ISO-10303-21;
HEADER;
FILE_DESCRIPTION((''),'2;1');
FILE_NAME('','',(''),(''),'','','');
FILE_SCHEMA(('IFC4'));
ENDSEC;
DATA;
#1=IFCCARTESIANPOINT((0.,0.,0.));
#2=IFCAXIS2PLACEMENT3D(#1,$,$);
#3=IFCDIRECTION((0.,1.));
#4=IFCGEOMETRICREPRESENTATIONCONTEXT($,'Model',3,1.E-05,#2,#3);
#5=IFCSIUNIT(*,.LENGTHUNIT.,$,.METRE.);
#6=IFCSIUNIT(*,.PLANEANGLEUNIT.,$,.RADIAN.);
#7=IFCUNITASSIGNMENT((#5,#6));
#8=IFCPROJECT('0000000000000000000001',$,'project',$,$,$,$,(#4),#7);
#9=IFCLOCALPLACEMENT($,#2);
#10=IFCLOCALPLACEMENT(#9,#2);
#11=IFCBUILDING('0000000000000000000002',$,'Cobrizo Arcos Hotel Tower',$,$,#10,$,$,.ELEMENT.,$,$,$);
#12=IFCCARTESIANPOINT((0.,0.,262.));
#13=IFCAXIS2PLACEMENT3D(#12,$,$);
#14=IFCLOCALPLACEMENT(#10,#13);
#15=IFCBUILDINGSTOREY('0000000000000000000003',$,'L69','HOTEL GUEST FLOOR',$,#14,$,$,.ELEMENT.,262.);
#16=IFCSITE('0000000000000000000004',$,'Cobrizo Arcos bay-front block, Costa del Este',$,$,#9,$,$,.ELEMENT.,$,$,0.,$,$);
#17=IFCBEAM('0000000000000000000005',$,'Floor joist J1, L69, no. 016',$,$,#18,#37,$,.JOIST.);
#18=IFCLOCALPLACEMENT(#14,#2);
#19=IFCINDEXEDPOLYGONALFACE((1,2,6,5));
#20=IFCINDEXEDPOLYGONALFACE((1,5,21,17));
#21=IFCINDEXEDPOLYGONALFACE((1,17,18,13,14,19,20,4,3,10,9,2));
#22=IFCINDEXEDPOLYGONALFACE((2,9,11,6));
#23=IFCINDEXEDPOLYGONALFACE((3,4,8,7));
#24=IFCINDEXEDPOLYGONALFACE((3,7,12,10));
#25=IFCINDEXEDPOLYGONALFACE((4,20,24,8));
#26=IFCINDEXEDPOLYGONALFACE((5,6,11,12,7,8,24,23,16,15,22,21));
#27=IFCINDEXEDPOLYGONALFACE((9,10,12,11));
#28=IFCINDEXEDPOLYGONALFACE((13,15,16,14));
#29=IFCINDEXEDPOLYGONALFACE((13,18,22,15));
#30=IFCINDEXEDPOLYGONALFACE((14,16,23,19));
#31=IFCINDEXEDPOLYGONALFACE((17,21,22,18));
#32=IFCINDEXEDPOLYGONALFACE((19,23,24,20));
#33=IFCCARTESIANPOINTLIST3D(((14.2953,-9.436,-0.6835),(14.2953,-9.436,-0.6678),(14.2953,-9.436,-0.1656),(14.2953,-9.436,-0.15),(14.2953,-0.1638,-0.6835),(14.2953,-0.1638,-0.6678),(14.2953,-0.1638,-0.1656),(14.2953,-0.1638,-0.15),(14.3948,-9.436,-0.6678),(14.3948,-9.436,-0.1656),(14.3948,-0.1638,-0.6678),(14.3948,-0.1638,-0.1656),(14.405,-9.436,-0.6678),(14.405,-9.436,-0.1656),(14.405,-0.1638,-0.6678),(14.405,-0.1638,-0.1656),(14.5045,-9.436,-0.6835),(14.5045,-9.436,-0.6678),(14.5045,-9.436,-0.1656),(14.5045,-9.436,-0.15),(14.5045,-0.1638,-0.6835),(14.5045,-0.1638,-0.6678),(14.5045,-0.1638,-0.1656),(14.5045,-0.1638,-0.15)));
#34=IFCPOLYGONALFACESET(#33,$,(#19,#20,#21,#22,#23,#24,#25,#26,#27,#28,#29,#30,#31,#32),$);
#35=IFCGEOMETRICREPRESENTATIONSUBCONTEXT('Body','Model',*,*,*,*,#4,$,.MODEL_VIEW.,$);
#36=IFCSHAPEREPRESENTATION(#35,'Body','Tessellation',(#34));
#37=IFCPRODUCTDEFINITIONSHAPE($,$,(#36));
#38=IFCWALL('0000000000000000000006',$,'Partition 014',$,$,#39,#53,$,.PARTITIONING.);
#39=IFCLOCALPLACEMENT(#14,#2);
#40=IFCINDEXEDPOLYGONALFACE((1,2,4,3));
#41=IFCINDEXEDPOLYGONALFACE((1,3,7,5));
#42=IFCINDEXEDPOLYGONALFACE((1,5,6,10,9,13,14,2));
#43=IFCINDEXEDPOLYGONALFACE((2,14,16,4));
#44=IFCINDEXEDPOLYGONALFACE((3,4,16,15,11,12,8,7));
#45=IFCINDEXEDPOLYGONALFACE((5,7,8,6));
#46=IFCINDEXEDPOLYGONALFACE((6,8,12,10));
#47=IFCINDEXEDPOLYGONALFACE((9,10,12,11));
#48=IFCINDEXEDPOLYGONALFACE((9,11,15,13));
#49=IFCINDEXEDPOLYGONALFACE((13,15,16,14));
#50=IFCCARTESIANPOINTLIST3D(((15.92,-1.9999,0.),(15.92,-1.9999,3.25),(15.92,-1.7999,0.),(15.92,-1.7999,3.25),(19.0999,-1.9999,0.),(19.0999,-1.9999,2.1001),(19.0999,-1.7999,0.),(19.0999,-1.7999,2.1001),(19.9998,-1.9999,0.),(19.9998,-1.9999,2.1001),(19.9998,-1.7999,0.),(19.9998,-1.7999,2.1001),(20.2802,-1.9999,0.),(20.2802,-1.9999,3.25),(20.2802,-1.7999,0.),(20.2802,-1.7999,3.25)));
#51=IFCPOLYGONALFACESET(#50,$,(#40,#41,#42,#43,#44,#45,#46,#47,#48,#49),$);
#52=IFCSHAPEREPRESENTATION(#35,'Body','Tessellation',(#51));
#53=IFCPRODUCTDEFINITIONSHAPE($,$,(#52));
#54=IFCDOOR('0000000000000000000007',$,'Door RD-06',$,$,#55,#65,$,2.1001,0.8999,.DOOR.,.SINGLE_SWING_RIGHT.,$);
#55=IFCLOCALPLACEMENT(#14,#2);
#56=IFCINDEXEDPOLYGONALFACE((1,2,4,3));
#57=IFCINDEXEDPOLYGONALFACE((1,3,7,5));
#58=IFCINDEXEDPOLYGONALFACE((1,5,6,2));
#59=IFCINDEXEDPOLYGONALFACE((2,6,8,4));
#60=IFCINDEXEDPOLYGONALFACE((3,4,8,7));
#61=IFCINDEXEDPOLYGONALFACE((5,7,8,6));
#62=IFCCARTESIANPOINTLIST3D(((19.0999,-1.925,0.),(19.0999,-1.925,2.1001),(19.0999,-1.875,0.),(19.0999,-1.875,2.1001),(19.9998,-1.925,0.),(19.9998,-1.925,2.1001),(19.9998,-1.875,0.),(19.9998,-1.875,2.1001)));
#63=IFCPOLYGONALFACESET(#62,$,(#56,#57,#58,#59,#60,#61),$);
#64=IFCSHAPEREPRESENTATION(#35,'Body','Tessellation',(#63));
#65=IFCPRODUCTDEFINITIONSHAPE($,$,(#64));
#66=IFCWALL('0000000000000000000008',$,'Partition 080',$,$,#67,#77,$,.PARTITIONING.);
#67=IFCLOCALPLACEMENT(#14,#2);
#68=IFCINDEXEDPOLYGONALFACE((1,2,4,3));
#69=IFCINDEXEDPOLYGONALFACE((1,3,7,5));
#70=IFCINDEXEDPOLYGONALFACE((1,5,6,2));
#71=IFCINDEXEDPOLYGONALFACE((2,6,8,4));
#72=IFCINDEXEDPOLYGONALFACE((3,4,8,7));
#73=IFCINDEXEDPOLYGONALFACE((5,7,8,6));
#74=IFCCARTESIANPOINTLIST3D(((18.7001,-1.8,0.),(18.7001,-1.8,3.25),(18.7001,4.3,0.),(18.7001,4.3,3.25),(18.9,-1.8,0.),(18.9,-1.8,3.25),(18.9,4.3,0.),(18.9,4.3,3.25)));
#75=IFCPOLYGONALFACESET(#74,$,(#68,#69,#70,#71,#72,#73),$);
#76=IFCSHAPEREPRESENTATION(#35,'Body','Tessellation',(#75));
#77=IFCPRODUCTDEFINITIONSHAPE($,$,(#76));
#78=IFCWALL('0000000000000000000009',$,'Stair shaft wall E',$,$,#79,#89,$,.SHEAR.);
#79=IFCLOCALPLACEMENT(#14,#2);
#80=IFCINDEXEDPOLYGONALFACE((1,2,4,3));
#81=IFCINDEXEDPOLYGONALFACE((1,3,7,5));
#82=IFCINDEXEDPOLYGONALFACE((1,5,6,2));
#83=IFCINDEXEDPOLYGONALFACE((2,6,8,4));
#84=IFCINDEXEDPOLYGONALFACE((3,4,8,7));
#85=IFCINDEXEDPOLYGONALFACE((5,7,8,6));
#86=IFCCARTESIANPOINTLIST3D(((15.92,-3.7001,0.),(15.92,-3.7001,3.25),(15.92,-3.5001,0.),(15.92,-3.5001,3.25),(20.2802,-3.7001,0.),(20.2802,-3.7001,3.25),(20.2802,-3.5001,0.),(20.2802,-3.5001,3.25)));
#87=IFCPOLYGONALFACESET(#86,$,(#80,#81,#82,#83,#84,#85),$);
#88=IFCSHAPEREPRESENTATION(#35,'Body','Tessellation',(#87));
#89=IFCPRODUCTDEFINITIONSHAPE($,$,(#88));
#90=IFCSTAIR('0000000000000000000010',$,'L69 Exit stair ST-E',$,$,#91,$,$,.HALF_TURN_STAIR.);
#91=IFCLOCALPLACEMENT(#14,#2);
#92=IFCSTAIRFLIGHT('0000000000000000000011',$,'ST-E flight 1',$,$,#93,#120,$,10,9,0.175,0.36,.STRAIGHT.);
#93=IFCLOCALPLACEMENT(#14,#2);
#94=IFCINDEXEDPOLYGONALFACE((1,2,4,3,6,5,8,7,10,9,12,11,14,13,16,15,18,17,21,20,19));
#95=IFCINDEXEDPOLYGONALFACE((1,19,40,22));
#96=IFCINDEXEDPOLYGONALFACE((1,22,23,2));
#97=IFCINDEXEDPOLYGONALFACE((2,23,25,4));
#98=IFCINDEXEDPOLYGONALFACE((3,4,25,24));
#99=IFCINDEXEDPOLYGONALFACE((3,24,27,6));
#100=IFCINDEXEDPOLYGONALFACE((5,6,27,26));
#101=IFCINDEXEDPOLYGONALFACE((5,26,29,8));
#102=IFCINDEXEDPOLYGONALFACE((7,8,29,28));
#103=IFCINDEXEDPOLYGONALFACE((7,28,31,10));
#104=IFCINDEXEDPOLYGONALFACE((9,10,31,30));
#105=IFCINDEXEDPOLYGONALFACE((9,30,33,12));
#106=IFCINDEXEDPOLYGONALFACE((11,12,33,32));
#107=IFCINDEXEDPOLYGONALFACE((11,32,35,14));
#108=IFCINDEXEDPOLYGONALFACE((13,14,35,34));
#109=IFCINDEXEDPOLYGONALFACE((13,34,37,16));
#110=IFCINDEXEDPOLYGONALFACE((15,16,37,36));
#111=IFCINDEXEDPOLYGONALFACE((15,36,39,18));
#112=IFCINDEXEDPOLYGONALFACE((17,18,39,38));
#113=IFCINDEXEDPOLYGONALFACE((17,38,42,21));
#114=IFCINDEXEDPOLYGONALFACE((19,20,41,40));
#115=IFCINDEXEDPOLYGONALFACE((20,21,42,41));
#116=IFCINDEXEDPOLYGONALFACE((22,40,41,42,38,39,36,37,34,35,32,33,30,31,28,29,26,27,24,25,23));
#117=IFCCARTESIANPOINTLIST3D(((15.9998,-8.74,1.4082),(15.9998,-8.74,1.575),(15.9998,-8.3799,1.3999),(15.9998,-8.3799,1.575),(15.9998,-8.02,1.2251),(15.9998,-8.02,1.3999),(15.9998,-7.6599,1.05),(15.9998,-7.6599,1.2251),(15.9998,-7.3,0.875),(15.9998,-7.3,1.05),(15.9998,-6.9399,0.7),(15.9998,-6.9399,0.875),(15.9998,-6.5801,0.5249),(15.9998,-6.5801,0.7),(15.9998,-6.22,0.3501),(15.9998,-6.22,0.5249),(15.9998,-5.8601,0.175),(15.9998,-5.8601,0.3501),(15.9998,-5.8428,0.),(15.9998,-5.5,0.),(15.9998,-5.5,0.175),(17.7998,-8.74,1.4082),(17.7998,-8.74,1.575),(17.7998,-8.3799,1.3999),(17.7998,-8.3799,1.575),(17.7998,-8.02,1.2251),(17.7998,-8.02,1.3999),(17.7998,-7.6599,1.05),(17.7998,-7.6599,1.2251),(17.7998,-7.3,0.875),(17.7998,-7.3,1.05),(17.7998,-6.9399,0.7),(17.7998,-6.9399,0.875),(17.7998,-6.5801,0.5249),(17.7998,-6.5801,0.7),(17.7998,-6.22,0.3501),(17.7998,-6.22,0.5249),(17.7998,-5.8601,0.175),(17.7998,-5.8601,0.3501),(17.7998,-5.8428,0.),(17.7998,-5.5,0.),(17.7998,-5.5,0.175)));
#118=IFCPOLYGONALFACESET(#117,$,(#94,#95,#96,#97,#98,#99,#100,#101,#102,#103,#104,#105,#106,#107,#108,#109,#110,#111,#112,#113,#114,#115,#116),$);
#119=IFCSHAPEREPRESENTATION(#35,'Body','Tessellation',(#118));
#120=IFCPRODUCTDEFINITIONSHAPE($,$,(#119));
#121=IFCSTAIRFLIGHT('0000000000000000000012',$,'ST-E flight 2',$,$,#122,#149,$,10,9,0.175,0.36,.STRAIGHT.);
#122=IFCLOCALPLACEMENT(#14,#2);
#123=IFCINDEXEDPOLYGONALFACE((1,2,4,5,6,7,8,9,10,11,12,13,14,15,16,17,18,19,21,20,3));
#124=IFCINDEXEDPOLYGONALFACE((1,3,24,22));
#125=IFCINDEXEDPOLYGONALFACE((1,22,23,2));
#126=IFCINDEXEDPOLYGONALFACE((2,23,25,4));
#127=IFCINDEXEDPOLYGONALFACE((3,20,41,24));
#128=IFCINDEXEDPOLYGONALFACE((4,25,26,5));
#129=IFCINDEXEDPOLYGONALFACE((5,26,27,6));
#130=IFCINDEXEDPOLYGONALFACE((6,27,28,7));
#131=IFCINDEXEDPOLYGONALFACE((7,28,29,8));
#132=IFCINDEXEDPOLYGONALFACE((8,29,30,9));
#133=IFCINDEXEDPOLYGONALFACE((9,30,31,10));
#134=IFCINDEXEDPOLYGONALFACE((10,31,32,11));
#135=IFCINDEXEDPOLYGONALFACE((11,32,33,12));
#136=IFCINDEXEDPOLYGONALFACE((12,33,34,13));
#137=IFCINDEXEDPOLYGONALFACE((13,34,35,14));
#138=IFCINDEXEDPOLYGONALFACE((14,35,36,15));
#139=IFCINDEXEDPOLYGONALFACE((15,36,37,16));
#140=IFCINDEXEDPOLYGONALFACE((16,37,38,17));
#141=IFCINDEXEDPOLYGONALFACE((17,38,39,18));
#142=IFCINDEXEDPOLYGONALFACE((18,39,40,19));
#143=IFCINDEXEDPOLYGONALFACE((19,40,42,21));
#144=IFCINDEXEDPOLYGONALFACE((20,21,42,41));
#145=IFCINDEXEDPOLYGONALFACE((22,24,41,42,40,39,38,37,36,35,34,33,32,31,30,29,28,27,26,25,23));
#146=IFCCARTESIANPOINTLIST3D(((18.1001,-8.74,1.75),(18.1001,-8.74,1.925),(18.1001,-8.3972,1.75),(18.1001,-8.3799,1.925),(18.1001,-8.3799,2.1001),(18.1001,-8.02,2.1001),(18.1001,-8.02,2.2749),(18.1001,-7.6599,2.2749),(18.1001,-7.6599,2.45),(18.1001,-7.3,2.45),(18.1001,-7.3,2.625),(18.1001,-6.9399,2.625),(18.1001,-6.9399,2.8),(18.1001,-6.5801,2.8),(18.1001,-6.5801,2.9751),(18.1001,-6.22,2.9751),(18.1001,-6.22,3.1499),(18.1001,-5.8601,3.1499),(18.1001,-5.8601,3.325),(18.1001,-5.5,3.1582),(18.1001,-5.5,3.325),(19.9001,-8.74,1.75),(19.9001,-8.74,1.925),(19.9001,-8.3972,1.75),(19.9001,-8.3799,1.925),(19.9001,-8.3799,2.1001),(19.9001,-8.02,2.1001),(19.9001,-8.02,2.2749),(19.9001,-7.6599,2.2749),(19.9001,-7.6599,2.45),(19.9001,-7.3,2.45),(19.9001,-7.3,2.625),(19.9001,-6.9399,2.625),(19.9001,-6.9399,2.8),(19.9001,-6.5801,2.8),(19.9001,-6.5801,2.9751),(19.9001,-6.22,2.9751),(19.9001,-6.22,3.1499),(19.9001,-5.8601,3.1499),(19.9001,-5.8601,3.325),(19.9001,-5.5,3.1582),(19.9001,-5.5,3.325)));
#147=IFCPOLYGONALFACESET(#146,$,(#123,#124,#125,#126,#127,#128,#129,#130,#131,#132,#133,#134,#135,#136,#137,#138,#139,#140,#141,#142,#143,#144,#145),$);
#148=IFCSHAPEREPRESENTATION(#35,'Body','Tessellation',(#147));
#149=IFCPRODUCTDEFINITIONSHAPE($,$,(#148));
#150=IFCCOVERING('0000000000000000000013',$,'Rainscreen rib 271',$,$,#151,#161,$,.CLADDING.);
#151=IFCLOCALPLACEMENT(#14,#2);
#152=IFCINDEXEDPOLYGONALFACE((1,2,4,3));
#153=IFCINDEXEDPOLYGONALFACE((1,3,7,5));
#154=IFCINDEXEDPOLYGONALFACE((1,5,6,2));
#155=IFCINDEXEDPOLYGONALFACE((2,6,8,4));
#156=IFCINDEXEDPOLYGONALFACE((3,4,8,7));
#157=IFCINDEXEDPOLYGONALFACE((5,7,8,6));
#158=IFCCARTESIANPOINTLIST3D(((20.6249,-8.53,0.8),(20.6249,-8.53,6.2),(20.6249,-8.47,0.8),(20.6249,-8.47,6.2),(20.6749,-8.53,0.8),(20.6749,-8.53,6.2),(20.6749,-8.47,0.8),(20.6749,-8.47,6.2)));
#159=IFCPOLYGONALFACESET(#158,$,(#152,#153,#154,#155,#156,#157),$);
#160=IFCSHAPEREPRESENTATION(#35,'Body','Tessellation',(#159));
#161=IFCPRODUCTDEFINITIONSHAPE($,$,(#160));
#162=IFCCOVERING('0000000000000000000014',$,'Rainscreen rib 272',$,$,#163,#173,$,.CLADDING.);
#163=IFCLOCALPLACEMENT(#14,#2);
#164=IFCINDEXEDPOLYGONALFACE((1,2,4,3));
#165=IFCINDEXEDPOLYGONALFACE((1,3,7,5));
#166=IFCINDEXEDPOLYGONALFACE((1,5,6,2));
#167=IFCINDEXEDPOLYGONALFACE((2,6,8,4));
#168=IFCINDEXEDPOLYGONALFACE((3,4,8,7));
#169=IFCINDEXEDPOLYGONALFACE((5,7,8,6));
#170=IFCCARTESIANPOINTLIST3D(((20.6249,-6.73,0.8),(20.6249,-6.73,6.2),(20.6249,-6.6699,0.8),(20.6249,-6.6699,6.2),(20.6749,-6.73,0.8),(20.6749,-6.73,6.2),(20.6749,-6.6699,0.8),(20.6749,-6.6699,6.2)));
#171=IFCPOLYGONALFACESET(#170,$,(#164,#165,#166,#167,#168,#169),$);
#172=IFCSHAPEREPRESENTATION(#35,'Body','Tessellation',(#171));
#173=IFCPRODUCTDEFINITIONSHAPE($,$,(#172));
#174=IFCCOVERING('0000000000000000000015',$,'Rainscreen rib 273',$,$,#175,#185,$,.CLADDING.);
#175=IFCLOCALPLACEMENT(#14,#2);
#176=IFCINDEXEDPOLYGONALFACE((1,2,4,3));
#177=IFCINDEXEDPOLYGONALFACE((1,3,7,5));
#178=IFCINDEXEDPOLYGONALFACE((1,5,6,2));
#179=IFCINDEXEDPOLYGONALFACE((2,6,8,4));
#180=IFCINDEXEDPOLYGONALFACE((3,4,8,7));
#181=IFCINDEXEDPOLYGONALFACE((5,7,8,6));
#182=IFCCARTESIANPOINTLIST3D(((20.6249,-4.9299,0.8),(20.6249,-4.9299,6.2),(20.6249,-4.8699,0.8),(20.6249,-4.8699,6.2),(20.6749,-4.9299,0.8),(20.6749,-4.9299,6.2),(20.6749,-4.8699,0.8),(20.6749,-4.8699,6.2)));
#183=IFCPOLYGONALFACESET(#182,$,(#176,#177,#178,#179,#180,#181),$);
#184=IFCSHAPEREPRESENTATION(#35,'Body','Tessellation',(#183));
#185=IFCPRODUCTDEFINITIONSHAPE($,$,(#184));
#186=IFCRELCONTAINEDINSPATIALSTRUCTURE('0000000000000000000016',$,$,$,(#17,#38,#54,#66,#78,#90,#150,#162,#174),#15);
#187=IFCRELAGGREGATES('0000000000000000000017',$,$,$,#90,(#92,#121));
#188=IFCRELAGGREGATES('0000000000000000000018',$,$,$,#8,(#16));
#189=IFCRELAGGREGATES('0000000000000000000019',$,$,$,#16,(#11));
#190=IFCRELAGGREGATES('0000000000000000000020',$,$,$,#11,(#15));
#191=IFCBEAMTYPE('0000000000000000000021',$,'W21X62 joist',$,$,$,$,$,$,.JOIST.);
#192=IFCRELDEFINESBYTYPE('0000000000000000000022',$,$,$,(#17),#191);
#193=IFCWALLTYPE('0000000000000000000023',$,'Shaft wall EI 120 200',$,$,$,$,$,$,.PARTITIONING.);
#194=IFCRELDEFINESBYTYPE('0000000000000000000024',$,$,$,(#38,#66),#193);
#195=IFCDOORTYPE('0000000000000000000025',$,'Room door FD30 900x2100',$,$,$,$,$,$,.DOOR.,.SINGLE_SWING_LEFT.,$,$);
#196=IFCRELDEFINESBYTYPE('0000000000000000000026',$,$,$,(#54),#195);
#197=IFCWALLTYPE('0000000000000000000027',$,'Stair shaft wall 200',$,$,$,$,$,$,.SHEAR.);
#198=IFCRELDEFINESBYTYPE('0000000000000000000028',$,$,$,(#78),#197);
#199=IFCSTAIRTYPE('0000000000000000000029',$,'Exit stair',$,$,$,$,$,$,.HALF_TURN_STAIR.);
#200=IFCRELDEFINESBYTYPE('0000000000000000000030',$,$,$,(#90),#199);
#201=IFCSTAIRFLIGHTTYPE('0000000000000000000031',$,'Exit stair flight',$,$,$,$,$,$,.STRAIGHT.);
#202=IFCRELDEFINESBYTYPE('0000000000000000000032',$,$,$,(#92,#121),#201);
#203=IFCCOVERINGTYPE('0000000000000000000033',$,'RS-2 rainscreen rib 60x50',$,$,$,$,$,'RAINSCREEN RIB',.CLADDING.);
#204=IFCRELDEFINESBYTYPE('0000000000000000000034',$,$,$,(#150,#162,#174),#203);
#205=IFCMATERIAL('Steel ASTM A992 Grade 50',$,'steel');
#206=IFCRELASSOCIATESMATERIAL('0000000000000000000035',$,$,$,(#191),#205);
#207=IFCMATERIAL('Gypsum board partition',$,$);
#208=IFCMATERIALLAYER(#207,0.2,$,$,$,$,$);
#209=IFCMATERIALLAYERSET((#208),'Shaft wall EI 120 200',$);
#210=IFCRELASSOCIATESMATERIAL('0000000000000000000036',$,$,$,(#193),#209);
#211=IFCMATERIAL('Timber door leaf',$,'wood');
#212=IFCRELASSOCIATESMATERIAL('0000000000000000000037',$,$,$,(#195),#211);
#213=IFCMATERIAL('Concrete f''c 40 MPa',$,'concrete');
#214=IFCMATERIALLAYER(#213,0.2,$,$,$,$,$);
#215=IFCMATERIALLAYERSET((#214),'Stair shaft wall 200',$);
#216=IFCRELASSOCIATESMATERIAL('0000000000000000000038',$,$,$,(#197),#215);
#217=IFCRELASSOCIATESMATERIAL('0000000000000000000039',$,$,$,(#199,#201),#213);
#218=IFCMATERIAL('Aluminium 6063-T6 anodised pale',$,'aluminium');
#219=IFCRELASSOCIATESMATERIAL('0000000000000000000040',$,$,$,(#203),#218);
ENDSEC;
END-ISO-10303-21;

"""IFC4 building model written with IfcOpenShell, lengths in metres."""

from ifc_helpers import new_model, si_unit, direction, frame, frame_2d, origin, origin_2d, place, context, subcontext, project, spatial, polyline, rectangle, i_section, outline, extrude, material, layer, layer_set, material_profile, profile_set, type_object, element, fill, aggregate, save


model = new_model("IFC4")

# Units and contexts
model_context = context("Model", 3, precision=1e-05, world=origin(), true_north=direction((0.0, 1.0)))
body_context = subcontext(model_context, "Body", "Model", "MODEL_VIEW")
ifc_project = project(units=[si_unit("LENGTHUNIT", "METRE"), si_unit("PLANEANGLEUNIT", "RADIAN")], contexts=[model_context])

# Site, building, storey
site_placement = place(None, origin())
site = spatial("IfcSite", under=ifc_project, at=site_placement, Name="Cobrizo Arcos bay-front block, Costa del Este", CompositionType="ELEMENT", RefElevation=0.0)
building_placement = place(site_placement, origin())
building = spatial("IfcBuilding", under=site, at=building_placement, Name="Cobrizo Arcos Hotel Tower", CompositionType="ELEMENT")
storey_placement = place(building_placement, frame((0.0, 0.0, 262.0)))
storey = spatial("IfcBuildingStorey", under=building, at=storey_placement, Name="L69", Description="HOTEL GUEST FLOOR", CompositionType="ELEMENT", Elevation=262.0)

# Beam
ifc_material_1 = material(Name="Steel ASTM A992 Grade 50", Category="steel")
ifc_material_profile = material_profile(ifc_material_1, i_section(OverallWidth=0.2092, OverallDepth=0.5334, WebThickness=0.0103, FlangeThickness=0.0156, at=origin_2d()), Name="W21X62")
ifc_profile_set = profile_set([ifc_material_profile], Name="Steel ASTM A992 Grade 50")
beam_type = type_object("IfcBeamType", Name="W21X62 joist", PredefinedType="JOIST", material=ifc_profile_set)
beam_placement = place(storey_placement, frame((14.3999, -9.436, -0.4167), z_axis=(0.0, 1.0, 0.0), x_axis=(-1.0, 0.0, 0.0)))
element("IfcBeam", 1, at=beam_placement, inside=storey, type_object=beam_type, Name="Floor joist J1, L69, no. 016", PredefinedType="JOIST", context=body_context, shape_type="SweptSolid", body=[
    extrude(i_section(OverallWidth=0.2092, OverallDepth=0.5334, WebThickness=0.0103, FlangeThickness=0.0156, at=origin_2d()), origin(), (0.0, 0.0, 1.0), 9.2722),
])

# Wall, opening, door
ifc_material_2 = material(Name="Gypsum board partition")
ifc_layer_1 = layer(ifc_material_2, 0.2)
ifc_layer_set_1 = layer_set([ifc_layer_1], Name="Shaft wall EI 120 200")
wall_type_1 = type_object("IfcWallType", Name="Shaft wall EI 120 200", PredefinedType="PARTITIONING", material=ifc_layer_set_1)
wall_1_placement = place(storey_placement, frame((15.9199, -1.8999, 0.0), z_axis=(0.0, 0.0, 1.0), x_axis=(1.0, 0.0, 0.0)))
wall_1 = element("IfcWall", 2, at=wall_1_placement, inside=storey, type_object=wall_type_1, Name="Partition 014", PredefinedType="PARTITIONING", context=body_context, shape_type="SweptSolid", body=[
    extrude(rectangle(XDim=4.3601, YDim=0.2, at=frame_2d((2.1802, 0.0))), origin(), (0.0, 0.0, 1.0), 3.25),
])
opening_placement = place(wall_1_placement, frame((3.1799, 0.0, 0.0)))
opening = element("IfcOpeningElement", 3, at=opening_placement, cuts=wall_1, PredefinedType="OPENING", context=body_context, shape_type="SweptSolid", body=[
    extrude(rectangle(XDim=0.8999, YDim=2.1001, at=frame_2d((0.45, 1.05))), frame((0.0, 0.1121, 0.0), z_axis=(0.0, -1.0, 0.0), x_axis=(1.0, 0.0, 0.0)), (0.0, 0.0, 1.0), 0.2239),
])
ifc_material_3 = material(Name="Timber door leaf", Category="wood")
door_type = type_object("IfcDoorType", Name="Room door FD30 900x2100", OperationType="SINGLE_SWING_LEFT", PredefinedType="DOOR", material=ifc_material_3)
door_placement = place(opening_placement, origin())
door = element("IfcDoor", 4, at=door_placement, inside=storey, type_object=door_type, Name="Door RD-06", OperationType="SINGLE_SWING_RIGHT", OverallHeight=2.1001, OverallWidth=0.8999, PredefinedType="DOOR", context=body_context, shape_type="SweptSolid", body=[
    extrude(rectangle(XDim=0.8999, YDim=2.1001, at=frame_2d((0.45, 1.05))), frame((0.0, 0.0249, 0.0), z_axis=(0.0, -1.0, 0.0), x_axis=(1.0, 0.0, 0.0)), (0.0, 0.0, 1.0), 0.05),
])
fill(opening, door)

# Walls
wall_2_placement = place(storey_placement, frame((18.8, -1.8, 0.0), z_axis=(0.0, 0.0, 1.0), x_axis=(0.0, 1.0, 0.0)))
element("IfcWall", 5, at=wall_2_placement, inside=storey, type_object=wall_type_1, Name="Partition 080", PredefinedType="PARTITIONING", context=body_context, shape_type="SweptSolid", body=[
    extrude(rectangle(XDim=6.1001, YDim=0.2, at=frame_2d((3.05, 0.0))), origin(), (0.0, 0.0, 1.0), 3.25),
])
ifc_material_4 = material(Name="Concrete f'c 40 MPa", Category="concrete")
ifc_layer_2 = layer(ifc_material_4, 0.2)
ifc_layer_set_2 = layer_set([ifc_layer_2], Name="Stair shaft wall 200")
wall_type_2 = type_object("IfcWallType", Name="Stair shaft wall 200", PredefinedType="SHEAR", material=ifc_layer_set_2)
wall_3_placement = place(storey_placement, frame((15.9199, -3.6001, 0.0), z_axis=(0.0, 0.0, 1.0), x_axis=(1.0, 0.0, 0.0)))
element("IfcWall", 6, at=wall_3_placement, inside=storey, type_object=wall_type_2, Name="Stair shaft wall E", PredefinedType="SHEAR", context=body_context, shape_type="SweptSolid", body=[
    extrude(rectangle(XDim=4.3601, YDim=0.2, at=frame_2d((2.1802, 0.0))), origin(), (0.0, 0.0, 1.0), 3.25),
])

# Stair, stair flights
stair_type = type_object("IfcStairType", Name="Exit stair", PredefinedType="HALF_TURN_STAIR", material=ifc_material_4)
stair_placement = place(storey_placement, origin())
stair = element("IfcStair", 7, at=stair_placement, inside=storey, type_object=stair_type, Name="L69 Exit stair ST-E", PredefinedType="HALF_TURN_STAIR")
stair_flight_type = type_object("IfcStairFlightType", Name="Exit stair flight", PredefinedType="STRAIGHT", material=ifc_material_4)
stair_flight_1_placement = place(storey_placement, frame((16.8999, -5.5, 0.0), z_axis=(0.0, 0.0, 1.0), x_axis=(0.0, -1.0, 0.0)))
stair_flight_1 = element("IfcStairFlight", 8, at=stair_flight_1_placement, type_object=stair_flight_type, Name="ST-E flight 1", NumberOfRisers=10, NumberOfTreads=9, PredefinedType="STRAIGHT", RiserHeight=0.175, TreadLength=0.36, context=body_context, shape_type="SweptSolid", body=[
    extrude(outline(polyline([(0.0, 0.0), (0.0, 0.175), (0.3601, 0.175), (0.3601, 0.3501), (0.72, 0.3501), (0.72, 0.5249), (1.0801, 0.5249), (1.0801, 0.7), (1.4399, 0.7), (1.4399, 0.875), (1.8, 0.875), (1.8, 1.05), (2.1599, 1.05), (2.1599, 1.2251), (2.52, 1.2251), (2.52, 1.3999), (2.8799, 1.3999), (2.8799, 1.575), (3.24, 1.575), (3.24, 1.75), (3.24, 1.4082), (0.3428, 0.0), (0.0, 0.0)])), frame((0.0, 0.8999, 0.0), z_axis=(0.0, -1.0, 0.0), x_axis=(1.0, 0.0, 0.0)), (0.0, 0.0, 1.0), 1.8),
])
stair_flight_2_placement = place(storey_placement, frame((19.0, -8.74, 1.75), z_axis=(0.0, 0.0, 1.0), x_axis=(0.0, 1.0, 0.0)))
stair_flight_2 = element("IfcStairFlight", 9, at=stair_flight_2_placement, type_object=stair_flight_type, Name="ST-E flight 2", NumberOfRisers=10, NumberOfTreads=9, PredefinedType="STRAIGHT", RiserHeight=0.175, TreadLength=0.36, context=body_context, shape_type="SweptSolid", body=[
    extrude(outline(polyline([(0.0, 0.0), (0.0, 0.175), (0.3601, 0.175), (0.3601, 0.3501), (0.72, 0.3501), (0.72, 0.5249), (1.0801, 0.5249), (1.0801, 0.7), (1.4399, 0.7), (1.4399, 0.875), (1.8, 0.875), (1.8, 1.05), (2.1599, 1.05), (2.1599, 1.2251), (2.52, 1.2251), (2.52, 1.3999), (2.8799, 1.3999), (2.8799, 1.575), (3.24, 1.575), (3.24, 1.75), (3.24, 1.4082), (0.3428, 0.0), (0.0, 0.0)])), frame((0.0, 0.8999, 0.0), z_axis=(0.0, -1.0, 0.0), x_axis=(1.0, 0.0, 0.0)), (0.0, 0.0, 1.0), 1.8),
])
aggregate(stair, [stair_flight_1, stair_flight_2])

# Coverings
ifc_material_5 = material(Name="Aluminium 6063-T6 anodised pale", Category="aluminium")
covering_type_1 = type_object("IfcCoveringType", Name="RS-2 rainscreen rib 60x50", ElementType="RAINSCREEN RIB", PredefinedType="CLADDING", material=ifc_material_5)
for number, where, z_axis, x_axis, name in (
    (10, (20.6499, -8.5, 0.8), (0.0, 0.0, 1.0), (0.0, 1.0, 0.0), "Rainscreen rib 271"),
    (11, (20.6499, -6.7, 0.8), (0.0, 0.0, 1.0), (0.0, 1.0, 0.0), "Rainscreen rib 272"),
    (12, (20.6499, -4.8999, 0.8), (0.0, 0.0, 1.0), (0.0, 1.0, 0.0), "Rainscreen rib 273"),
):
    element("IfcCovering", number, at=place(storey_placement, frame(where, z_axis=z_axis, x_axis=x_axis)), inside=storey, type_object=covering_type_1, Name=name, PredefinedType="CLADDING", context=body_context, shape_type="SweptSolid", body=[
        extrude(rectangle(XDim=0.0601, YDim=0.05, at=origin_2d()), origin(), (0.0, 0.0, 1.0), 5.3999),
    ])

save(model, "model.ifc")
